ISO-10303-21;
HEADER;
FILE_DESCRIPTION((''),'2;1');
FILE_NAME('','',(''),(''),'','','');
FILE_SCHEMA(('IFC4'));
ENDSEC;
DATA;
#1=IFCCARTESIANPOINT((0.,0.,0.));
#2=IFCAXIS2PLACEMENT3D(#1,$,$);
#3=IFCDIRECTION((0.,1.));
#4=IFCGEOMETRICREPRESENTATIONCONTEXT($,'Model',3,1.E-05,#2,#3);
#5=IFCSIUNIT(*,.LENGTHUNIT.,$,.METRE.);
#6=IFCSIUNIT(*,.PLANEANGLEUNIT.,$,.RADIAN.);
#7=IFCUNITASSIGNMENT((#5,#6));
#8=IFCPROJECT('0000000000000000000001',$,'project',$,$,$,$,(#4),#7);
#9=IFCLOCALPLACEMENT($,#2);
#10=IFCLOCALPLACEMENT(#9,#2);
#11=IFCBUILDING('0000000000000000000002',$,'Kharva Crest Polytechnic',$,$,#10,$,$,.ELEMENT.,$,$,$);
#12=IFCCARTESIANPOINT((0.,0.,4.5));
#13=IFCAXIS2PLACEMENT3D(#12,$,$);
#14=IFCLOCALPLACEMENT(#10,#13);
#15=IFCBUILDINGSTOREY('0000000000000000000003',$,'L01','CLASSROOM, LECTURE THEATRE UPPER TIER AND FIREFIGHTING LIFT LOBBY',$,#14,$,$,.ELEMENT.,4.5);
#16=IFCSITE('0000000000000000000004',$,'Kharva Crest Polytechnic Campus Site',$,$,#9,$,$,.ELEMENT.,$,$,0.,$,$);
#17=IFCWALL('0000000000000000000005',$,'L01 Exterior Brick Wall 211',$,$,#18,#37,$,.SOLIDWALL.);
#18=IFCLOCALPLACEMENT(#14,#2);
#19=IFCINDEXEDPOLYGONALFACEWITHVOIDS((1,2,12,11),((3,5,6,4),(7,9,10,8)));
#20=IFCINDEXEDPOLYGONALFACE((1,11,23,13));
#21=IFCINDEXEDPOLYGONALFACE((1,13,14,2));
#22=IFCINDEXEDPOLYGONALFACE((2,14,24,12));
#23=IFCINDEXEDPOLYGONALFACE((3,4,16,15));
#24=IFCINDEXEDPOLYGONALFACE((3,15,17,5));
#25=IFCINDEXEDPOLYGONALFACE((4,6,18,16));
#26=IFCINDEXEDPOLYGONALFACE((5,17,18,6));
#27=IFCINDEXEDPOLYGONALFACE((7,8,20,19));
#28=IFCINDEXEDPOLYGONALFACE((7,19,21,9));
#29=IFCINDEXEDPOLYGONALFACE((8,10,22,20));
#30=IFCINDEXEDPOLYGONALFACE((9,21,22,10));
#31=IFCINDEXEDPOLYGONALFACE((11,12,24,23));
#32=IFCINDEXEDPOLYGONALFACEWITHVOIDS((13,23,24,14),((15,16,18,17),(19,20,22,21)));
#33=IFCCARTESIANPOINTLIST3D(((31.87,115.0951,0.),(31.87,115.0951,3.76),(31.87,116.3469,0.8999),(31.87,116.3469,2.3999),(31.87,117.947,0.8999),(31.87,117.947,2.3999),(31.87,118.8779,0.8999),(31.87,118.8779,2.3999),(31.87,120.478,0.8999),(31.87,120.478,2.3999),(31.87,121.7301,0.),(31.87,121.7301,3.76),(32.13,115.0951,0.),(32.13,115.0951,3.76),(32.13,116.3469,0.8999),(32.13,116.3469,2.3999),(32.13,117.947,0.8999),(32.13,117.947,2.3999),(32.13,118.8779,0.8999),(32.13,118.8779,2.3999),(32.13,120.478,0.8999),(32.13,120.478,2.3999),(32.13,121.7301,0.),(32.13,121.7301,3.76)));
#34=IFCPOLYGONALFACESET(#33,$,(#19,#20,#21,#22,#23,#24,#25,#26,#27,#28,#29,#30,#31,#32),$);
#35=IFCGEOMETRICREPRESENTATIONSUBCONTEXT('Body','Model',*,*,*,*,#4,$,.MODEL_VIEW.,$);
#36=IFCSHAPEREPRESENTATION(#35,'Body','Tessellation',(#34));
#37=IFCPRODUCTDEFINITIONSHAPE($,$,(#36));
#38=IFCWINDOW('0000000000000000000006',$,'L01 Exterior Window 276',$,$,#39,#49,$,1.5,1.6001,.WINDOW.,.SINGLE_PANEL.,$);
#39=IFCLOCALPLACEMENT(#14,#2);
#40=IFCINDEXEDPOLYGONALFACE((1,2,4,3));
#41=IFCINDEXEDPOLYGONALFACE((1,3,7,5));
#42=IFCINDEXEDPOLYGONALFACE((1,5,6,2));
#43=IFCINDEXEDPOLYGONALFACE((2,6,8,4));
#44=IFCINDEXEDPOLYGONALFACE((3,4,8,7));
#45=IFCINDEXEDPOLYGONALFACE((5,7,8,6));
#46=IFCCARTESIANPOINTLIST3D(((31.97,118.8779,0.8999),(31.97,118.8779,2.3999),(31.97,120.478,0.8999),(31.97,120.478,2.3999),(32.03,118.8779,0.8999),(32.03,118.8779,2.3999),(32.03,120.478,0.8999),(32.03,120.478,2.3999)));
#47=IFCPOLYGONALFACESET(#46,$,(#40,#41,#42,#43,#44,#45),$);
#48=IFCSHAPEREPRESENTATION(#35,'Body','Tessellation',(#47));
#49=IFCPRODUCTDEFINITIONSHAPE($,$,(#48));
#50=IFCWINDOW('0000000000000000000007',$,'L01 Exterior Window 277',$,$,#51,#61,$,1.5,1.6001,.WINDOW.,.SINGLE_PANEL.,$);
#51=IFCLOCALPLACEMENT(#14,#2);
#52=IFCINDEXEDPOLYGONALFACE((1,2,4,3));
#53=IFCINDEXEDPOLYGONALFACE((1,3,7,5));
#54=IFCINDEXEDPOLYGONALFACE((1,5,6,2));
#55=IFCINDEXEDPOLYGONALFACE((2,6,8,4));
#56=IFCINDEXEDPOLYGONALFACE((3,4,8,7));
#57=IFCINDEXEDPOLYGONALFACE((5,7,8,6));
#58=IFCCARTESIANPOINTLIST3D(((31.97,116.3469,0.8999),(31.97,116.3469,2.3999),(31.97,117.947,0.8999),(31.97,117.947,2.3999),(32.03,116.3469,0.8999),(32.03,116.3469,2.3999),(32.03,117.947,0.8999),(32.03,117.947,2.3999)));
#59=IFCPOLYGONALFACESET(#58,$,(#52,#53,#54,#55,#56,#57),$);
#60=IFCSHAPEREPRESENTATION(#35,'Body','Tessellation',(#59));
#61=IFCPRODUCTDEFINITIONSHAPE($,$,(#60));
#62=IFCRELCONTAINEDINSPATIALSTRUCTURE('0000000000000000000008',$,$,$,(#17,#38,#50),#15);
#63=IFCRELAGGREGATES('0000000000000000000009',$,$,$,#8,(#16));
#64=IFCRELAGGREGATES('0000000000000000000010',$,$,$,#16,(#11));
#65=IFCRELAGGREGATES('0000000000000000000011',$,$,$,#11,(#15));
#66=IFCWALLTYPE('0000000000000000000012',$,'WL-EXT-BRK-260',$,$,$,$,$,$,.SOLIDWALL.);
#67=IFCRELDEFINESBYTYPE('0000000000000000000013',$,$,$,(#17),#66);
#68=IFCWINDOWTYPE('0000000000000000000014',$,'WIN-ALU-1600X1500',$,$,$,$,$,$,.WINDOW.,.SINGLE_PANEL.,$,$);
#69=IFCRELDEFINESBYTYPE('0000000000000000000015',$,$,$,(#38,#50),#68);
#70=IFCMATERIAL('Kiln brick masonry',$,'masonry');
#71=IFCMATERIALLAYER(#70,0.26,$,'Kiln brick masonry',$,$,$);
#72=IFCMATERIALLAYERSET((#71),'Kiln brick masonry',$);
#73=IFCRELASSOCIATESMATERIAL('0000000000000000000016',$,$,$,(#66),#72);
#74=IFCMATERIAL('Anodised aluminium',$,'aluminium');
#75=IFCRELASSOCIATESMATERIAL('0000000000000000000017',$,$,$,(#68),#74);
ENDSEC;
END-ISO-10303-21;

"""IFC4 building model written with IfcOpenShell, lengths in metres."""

from ifc_helpers import new_model, si_unit, direction, frame, frame_2d, origin, place, context, subcontext, project, spatial, rectangle, extrude, material, layer, layer_set, type_object, element, fill, save


model = new_model("IFC4")

# Units and contexts
model_context = context("Model", 3, precision=1e-05, world=origin(), true_north=direction((0.0, 1.0)))
body_context = subcontext(model_context, "Body", "Model", "MODEL_VIEW")
ifc_project = project(units=[si_unit("LENGTHUNIT", "METRE"), si_unit("PLANEANGLEUNIT", "RADIAN")], contexts=[model_context])

# Site, building, storey
site_placement = place(None, origin())
site = spatial("IfcSite", under=ifc_project, at=site_placement, Name="Kharva Crest Polytechnic Campus Site", CompositionType="ELEMENT", RefElevation=0.0)
building_placement = place(site_placement, origin())
building = spatial("IfcBuilding", under=site, at=building_placement, Name="Kharva Crest Polytechnic", CompositionType="ELEMENT")
storey_placement = place(building_placement, frame((0.0, 0.0, 4.5)))
storey = spatial("IfcBuildingStorey", under=building, at=storey_placement, Name="L01", Description="CLASSROOM, LECTURE THEATRE UPPER TIER AND FIREFIGHTING LIFT LOBBY", CompositionType="ELEMENT", Elevation=4.5)

# Wall, openings, windows
ifc_material_1 = material(Name="Kiln brick masonry", Category="masonry")
ifc_layer_1 = layer(ifc_material_1, 0.26, Name="Kiln brick masonry")
ifc_layer_set_1 = layer_set([ifc_layer_1], Name="Kiln brick masonry")
wall_type = type_object("IfcWallType", Name="WL-EXT-BRK-260", PredefinedType="SOLIDWALL", material=ifc_layer_set_1)
wall_placement = place(storey_placement, frame((32.0, 121.73, 0.0), z_axis=(0.0, 0.0, 1.0), x_axis=(0.0, -1.0, 0.0)))
wall = element("IfcWall", 1, at=wall_placement, inside=storey, type_object=wall_type, Name="L01 Exterior Brick Wall 211", PredefinedType="SOLIDWALL", context=body_context, shape_type="SweptSolid", body=[
    extrude(rectangle(XDim=6.635, YDim=0.26, at=frame_2d((3.3174, 0.0))), origin(), (0.0, 0.0, 1.0), 3.76),
])
opening_1_placement = place(wall_placement, frame((1.252, 0.0, 0.8999)))
opening_1 = element("IfcOpeningElement", 2, at=opening_1_placement, cuts=wall, PredefinedType="OPENING", context=body_context, shape_type="SweptSolid", body=[
    extrude(rectangle(XDim=1.6001, YDim=1.5, at=frame_2d((0.8, 0.75))), frame((0.0, 0.1399, 0.0), z_axis=(0.0, -1.0, 0.0), x_axis=(1.0, 0.0, 0.0)), (0.0, 0.0, 1.0), 0.28),
])
opening_2_placement = place(wall_placement, frame((3.783, 0.0, 0.8999)))
opening_2 = element("IfcOpeningElement", 3, at=opening_2_placement, cuts=wall, PredefinedType="OPENING", context=body_context, shape_type="SweptSolid", body=[
    extrude(rectangle(XDim=1.6001, YDim=1.5, at=frame_2d((0.8, 0.75))), frame((0.0, 0.1399, 0.0), z_axis=(0.0, -1.0, 0.0), x_axis=(1.0, 0.0, 0.0)), (0.0, 0.0, 1.0), 0.28),
])
ifc_material_2 = material(Name="Anodised aluminium", Category="aluminium")
window_type = type_object("IfcWindowType", Name="WIN-ALU-1600X1500", PartitioningType="SINGLE_PANEL", PredefinedType="WINDOW", material=ifc_material_2)
window_1_placement = place(opening_1_placement, origin())
window_1 = element("IfcWindow", 4, at=window_1_placement, inside=storey, type_object=window_type, Name="L01 Exterior Window 276", OverallHeight=1.5, OverallWidth=1.6001, PartitioningType="SINGLE_PANEL", PredefinedType="WINDOW", context=body_context, shape_type="SweptSolid", body=[
    extrude(rectangle(XDim=1.6001, YDim=1.5, at=frame_2d((0.8, 0.75))), frame((0.0, 0.03, 0.0), z_axis=(0.0, -1.0, 0.0), x_axis=(1.0, 0.0, 0.0)), (0.0, 0.0, 1.0), 0.0601),
])
fill(opening_1, window_1)
window_2_placement = place(opening_2_placement, origin())
window_2 = element("IfcWindow", 5, at=window_2_placement, inside=storey, type_object=window_type, Name="L01 Exterior Window 277", OverallHeight=1.5, OverallWidth=1.6001, PartitioningType="SINGLE_PANEL", PredefinedType="WINDOW", context=body_context, shape_type="SweptSolid", body=[
    extrude(rectangle(XDim=1.6001, YDim=1.5, at=frame_2d((0.8, 0.75))), frame((0.0, 0.03, 0.0), z_axis=(0.0, -1.0, 0.0), x_axis=(1.0, 0.0, 0.0)), (0.0, 0.0, 1.0), 0.0601),
])
fill(opening_2, window_2)

save(model, "model.ifc")
